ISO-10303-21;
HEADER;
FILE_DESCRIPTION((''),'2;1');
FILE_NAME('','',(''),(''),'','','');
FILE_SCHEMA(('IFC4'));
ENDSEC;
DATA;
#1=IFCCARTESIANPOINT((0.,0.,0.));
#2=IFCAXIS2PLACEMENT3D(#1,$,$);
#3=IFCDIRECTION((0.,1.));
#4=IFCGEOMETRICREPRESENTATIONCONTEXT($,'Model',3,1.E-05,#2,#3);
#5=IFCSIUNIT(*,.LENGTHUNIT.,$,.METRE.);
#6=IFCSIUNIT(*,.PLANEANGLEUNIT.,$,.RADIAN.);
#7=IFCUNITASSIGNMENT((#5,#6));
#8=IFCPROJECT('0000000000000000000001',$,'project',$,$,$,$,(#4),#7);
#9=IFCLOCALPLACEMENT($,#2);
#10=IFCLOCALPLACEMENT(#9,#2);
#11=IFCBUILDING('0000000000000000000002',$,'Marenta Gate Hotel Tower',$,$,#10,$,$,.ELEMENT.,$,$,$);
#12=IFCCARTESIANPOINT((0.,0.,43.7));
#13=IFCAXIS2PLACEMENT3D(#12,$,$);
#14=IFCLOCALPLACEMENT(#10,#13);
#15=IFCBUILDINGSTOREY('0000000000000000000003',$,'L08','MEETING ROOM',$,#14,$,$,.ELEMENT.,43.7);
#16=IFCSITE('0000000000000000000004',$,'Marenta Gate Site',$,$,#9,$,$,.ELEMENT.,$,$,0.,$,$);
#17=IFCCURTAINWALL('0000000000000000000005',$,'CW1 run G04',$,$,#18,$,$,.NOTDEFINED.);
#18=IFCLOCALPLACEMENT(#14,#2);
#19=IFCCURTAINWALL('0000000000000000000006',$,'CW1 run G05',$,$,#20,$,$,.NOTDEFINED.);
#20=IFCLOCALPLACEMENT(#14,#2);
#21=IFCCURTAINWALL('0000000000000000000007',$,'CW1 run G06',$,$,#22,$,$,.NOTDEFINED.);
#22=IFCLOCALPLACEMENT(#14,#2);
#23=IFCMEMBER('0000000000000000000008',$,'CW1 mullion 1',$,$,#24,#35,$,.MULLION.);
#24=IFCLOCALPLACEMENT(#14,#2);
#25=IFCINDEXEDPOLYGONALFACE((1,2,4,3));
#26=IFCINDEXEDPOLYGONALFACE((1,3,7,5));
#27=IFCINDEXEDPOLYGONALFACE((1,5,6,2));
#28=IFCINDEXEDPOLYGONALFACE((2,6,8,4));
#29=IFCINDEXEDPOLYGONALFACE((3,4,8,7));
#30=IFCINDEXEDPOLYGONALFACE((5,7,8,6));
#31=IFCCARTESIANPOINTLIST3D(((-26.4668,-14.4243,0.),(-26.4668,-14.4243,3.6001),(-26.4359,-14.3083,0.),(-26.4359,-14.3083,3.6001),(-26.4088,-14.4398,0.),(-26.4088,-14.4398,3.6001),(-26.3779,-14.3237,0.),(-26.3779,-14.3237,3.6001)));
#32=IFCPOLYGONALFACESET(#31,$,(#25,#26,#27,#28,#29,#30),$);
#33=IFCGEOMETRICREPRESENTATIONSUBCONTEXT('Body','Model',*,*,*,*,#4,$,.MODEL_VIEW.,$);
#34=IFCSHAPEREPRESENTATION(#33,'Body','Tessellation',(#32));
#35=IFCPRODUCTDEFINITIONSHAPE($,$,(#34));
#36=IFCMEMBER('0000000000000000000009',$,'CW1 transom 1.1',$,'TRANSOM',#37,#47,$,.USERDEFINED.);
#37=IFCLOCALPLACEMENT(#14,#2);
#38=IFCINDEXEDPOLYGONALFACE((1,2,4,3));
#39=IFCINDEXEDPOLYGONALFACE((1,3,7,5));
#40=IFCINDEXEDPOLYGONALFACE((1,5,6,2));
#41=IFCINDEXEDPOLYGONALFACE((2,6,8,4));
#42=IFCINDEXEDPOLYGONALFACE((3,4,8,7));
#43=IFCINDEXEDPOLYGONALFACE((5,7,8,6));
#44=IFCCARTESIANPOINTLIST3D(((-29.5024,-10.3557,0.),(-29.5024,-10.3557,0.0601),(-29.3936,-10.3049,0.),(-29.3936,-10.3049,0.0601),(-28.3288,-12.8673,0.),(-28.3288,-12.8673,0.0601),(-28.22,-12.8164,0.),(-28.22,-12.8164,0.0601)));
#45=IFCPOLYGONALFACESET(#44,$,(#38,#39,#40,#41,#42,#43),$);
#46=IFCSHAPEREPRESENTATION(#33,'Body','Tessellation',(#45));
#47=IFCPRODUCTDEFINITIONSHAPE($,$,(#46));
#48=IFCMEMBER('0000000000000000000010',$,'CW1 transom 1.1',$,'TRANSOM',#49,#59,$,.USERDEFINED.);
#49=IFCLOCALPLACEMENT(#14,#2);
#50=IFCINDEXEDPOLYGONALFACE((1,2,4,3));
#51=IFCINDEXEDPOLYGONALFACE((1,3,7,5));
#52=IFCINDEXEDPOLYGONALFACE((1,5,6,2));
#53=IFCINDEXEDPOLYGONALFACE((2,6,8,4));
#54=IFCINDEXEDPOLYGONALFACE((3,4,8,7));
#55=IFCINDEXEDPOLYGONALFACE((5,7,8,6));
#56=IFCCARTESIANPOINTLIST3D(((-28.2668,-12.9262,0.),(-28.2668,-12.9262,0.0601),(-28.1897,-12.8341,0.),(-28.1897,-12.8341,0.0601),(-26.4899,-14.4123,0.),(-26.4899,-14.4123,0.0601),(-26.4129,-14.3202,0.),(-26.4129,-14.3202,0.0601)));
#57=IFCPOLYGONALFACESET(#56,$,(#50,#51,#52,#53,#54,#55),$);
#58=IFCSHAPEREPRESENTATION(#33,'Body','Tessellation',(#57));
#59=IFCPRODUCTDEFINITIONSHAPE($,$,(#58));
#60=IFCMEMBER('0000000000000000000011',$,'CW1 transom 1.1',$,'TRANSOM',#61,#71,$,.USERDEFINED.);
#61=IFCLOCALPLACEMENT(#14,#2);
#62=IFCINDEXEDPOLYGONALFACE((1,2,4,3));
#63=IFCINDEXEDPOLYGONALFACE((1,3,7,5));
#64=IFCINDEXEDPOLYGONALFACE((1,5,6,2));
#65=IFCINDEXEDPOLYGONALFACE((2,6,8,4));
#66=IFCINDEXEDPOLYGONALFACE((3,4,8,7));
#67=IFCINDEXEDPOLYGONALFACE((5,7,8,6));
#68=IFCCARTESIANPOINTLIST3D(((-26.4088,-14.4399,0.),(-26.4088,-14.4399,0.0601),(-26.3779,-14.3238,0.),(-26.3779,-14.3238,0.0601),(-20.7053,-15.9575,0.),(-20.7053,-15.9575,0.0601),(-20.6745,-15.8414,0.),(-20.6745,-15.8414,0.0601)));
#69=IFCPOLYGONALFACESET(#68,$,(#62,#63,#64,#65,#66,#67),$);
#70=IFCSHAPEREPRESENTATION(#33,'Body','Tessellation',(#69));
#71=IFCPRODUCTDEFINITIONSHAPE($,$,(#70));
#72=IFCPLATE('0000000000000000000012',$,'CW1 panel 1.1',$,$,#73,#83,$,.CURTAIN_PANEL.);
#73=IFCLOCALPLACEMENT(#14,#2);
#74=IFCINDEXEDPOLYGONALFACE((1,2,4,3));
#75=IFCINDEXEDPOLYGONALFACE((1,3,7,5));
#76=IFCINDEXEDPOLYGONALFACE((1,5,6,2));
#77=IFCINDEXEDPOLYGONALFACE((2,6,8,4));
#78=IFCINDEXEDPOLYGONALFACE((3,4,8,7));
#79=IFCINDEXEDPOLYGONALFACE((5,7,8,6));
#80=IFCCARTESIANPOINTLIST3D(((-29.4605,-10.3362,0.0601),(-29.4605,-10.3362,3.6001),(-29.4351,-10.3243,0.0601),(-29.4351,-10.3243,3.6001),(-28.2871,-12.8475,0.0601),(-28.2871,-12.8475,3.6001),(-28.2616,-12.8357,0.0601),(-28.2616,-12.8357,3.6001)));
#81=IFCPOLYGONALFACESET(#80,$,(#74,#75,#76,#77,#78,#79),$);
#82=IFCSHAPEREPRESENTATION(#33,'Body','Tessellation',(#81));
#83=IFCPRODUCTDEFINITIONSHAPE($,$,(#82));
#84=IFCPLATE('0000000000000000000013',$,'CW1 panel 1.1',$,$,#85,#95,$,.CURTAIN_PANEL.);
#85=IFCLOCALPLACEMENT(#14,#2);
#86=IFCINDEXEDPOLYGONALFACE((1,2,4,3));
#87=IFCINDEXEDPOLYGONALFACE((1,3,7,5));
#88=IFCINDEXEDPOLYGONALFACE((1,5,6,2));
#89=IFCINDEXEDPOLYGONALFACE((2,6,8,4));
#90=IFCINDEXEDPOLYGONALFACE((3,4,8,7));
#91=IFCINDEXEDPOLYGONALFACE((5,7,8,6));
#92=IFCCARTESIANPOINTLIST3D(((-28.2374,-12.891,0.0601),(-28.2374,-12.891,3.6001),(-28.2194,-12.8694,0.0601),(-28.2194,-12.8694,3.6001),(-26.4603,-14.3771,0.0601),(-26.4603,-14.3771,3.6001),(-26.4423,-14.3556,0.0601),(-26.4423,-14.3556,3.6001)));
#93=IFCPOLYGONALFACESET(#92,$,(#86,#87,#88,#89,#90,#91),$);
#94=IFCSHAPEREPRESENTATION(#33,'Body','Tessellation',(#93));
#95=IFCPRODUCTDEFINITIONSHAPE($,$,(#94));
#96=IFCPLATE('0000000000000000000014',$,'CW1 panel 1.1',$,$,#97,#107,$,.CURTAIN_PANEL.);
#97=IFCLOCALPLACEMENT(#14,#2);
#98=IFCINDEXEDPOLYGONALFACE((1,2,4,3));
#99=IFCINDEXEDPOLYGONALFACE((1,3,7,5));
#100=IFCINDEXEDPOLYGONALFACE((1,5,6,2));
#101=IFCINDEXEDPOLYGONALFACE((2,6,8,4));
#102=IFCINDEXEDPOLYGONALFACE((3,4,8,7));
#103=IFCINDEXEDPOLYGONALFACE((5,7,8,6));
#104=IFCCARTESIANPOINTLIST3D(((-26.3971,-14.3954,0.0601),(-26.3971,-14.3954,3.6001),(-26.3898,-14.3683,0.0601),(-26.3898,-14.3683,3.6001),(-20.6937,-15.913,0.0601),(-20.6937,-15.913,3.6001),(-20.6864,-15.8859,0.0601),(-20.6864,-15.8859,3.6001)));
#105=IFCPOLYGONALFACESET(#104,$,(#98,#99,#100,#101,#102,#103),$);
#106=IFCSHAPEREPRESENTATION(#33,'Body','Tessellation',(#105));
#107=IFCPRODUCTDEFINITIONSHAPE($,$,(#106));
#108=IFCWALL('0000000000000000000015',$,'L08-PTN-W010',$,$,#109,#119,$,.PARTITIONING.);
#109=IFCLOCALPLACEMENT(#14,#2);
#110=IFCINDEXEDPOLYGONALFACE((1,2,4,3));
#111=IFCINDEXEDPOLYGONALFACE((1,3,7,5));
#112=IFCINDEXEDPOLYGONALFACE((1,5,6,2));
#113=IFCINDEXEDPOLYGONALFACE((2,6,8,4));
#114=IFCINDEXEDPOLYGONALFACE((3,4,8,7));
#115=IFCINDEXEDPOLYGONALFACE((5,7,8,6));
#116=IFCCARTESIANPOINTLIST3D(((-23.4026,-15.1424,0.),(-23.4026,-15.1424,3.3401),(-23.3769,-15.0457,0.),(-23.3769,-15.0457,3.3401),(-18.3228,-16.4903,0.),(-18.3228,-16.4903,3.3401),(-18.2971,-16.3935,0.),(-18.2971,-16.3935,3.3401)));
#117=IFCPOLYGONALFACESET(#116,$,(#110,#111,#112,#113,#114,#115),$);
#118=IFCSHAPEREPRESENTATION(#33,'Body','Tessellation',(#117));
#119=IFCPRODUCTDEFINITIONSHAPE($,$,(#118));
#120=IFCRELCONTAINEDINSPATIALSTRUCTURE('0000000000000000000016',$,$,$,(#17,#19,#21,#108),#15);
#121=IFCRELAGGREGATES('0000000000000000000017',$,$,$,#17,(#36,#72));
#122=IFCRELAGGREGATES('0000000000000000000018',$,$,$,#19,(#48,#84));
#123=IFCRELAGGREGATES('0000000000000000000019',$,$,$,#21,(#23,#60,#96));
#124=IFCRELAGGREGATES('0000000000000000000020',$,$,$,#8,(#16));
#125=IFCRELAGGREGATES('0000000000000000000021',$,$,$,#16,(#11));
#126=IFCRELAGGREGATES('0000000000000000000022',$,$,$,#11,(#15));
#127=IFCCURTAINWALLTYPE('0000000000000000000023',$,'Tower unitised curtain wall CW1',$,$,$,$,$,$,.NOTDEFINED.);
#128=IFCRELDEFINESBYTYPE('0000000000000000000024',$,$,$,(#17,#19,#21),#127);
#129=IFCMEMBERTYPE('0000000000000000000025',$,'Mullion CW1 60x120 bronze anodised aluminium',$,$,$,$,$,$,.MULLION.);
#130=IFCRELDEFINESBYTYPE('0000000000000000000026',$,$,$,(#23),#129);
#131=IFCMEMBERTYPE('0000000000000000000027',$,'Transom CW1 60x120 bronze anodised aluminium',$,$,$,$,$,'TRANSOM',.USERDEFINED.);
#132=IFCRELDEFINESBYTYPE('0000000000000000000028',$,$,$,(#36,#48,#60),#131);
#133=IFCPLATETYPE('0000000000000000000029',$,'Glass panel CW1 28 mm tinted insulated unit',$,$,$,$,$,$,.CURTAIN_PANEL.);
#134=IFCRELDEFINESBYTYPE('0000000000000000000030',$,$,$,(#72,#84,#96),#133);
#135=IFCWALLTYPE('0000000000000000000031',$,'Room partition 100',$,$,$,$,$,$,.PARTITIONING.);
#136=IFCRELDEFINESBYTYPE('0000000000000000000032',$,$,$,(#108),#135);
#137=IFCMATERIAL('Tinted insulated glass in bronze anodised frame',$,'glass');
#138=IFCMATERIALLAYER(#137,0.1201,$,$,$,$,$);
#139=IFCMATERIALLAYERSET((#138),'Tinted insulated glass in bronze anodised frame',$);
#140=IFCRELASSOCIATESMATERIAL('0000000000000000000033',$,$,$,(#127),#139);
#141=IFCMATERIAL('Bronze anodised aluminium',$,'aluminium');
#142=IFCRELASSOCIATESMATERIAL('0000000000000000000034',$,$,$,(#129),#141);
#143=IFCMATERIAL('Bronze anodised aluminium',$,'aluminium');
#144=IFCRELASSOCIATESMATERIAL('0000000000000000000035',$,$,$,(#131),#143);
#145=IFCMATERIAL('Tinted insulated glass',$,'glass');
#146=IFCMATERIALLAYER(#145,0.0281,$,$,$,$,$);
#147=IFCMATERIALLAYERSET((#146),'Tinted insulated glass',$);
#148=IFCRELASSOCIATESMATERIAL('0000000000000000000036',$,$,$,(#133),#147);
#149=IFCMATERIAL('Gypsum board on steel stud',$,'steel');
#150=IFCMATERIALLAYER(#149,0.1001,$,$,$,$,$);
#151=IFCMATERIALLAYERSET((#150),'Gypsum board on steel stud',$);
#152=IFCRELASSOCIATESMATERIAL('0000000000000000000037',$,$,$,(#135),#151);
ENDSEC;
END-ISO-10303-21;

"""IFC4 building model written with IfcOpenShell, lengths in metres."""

from ifc_helpers import new_model, si_unit, direction, frame, frame_2d, origin, origin_2d, place, context, subcontext, project, spatial, rectangle, extrude, material, layer, layer_set, material_profile, profile_set, type_object, element, aggregate, save


model = new_model("IFC4")

# Units and contexts
model_context = context("Model", 3, precision=1e-05, world=origin(), true_north=direction((0.0, 1.0)))
body_context = subcontext(model_context, "Body", "Model", "MODEL_VIEW")
ifc_project = project(units=[si_unit("LENGTHUNIT", "METRE"), si_unit("PLANEANGLEUNIT", "RADIAN")], contexts=[model_context])

# Site, building, storey
site_placement = place(None, origin())
site = spatial("IfcSite", under=ifc_project, at=site_placement, Name="Marenta Gate Site", CompositionType="ELEMENT", RefElevation=0.0)
building_placement = place(site_placement, origin())
building = spatial("IfcBuilding", under=site, at=building_placement, Name="Marenta Gate Hotel Tower", CompositionType="ELEMENT")
storey_placement = place(building_placement, frame((0.0, 0.0, 43.7)))
storey = spatial("IfcBuildingStorey", under=building, at=storey_placement, Name="L08", Description="MEETING ROOM", CompositionType="ELEMENT", Elevation=43.7)

# Curtain walls, member
ifc_material_1 = material(Name="Tinted insulated glass in bronze anodised frame", Category="glass")
ifc_layer_1 = layer(ifc_material_1, 0.1201)
ifc_layer_set_1 = layer_set([ifc_layer_1], Name="Tinted insulated glass in bronze anodised frame")
curtain_wall_type = type_object("IfcCurtainWallType", Name="Tower unitised curtain wall CW1", PredefinedType="NOTDEFINED", material=ifc_layer_set_1)
curtain_wall_1_placement = place(storey_placement, origin())
curtain_wall_1 = element("IfcCurtainWall", 1, at=curtain_wall_1_placement, inside=storey, type_object=curtain_wall_type, Name="CW1 run G04", PredefinedType="NOTDEFINED")
ifc_material_2 = material(Name="Bronze anodised aluminium", Category="aluminium")
ifc_material_profile_1 = material_profile(ifc_material_2, rectangle(XDim=0.1201, YDim=0.0601, at=origin_2d()), Name="Mullion CW1 60x120 bronze anodised aluminium")
ifc_profile_set_1 = profile_set([ifc_material_profile_1], Name="Bronze anodised aluminium")
member_type_1 = type_object("IfcMemberType", Name="Mullion CW1 60x120 bronze anodised aluminium", PredefinedType="MULLION", material=ifc_profile_set_1)
curtain_wall_2_placement = place(storey_placement, origin())
curtain_wall_2 = element("IfcCurtainWall", 2, at=curtain_wall_2_placement, inside=storey, type_object=curtain_wall_type, Name="CW1 run G05", PredefinedType="NOTDEFINED")
curtain_wall_3_placement = place(storey_placement, origin())
curtain_wall_3 = element("IfcCurtainWall", 3, at=curtain_wall_3_placement, inside=storey, type_object=curtain_wall_type, Name="CW1 run G06", PredefinedType="NOTDEFINED")
member_1_placement = place(storey_placement, frame((-26.4224, -14.374, 0.0), z_axis=(0.0, 0.0, 1.0), x_axis=(0.257142, 0.966374, 0.0)))
member_1 = element("IfcMember", 4, at=member_1_placement, type_object=member_type_1, Name="CW1 mullion 1", PredefinedType="MULLION", context=body_context, shape_type="SweptSolid", body=[
    extrude(rectangle(XDim=0.1201, YDim=0.0601, at=origin_2d()), origin(), (0.0, 0.0, 1.0), 3.6001),
])

# Members
ifc_material_3 = material(Name="Bronze anodised aluminium", Category="aluminium")
ifc_material_profile_2 = material_profile(ifc_material_3, rectangle(XDim=0.1201, YDim=0.0601, at=origin_2d()), Name="Transom CW1 60x120 bronze anodised aluminium")
ifc_profile_set_2 = profile_set([ifc_material_profile_2], Name="Bronze anodised aluminium")
member_type_2 = type_object("IfcMemberType", Name="Transom CW1 60x120 bronze anodised aluminium", ElementType="TRANSOM", PredefinedType="USERDEFINED", material=ifc_profile_set_2)
member_2_placement = place(storey_placement, frame((-29.448, -10.3303, 0.03), z_axis=(0.423348, -0.905967, 0.0), x_axis=(0.905967, 0.423348, 0.0)))
member_2 = element("IfcMember", 5, at=member_2_placement, type_object=member_type_2, Name="CW1 transom 1.1", ObjectType="TRANSOM", PredefinedType="USERDEFINED", context=body_context, shape_type="SweptSolid", body=[
    extrude(rectangle(XDim=0.1201, YDim=0.0601, at=origin_2d()), origin(), (0.0, 0.0, 1.0), 2.7722),
])
member_3_placement = place(storey_placement, frame((-28.2283, -12.8801, 0.03), z_axis=(0.76708, -0.641552, 0.0), x_axis=(0.641552, 0.76708, 0.0)))
member_3 = element("IfcMember", 6, at=member_3_placement, type_object=member_type_2, Name="CW1 transom 1.1", ObjectType="TRANSOM", PredefinedType="USERDEFINED", context=body_context, shape_type="SweptSolid", body=[
    extrude(rectangle(XDim=0.1201, YDim=0.0601, at=origin_2d()), origin(), (0.0, 0.0, 1.0), 2.3164),
])
member_4_placement = place(storey_placement, frame((-26.3933, -14.3818, 0.03), z_axis=(0.966375, -0.257137, 0.0), x_axis=(0.257137, 0.966375, 0.0)))
member_4 = element("IfcMember", 7, at=member_4_placement, type_object=member_type_2, Name="CW1 transom 1.1", ObjectType="TRANSOM", PredefinedType="USERDEFINED", context=body_context, shape_type="SweptSolid", body=[
    extrude(rectangle(XDim=0.1201, YDim=0.0601, at=origin_2d()), origin(), (0.0, 0.0, 1.0), 5.9019),
])

# Plates
ifc_material_4 = material(Name="Tinted insulated glass", Category="glass")
ifc_layer_2 = layer(ifc_material_4, 0.0281)
ifc_layer_set_2 = layer_set([ifc_layer_2], Name="Tinted insulated glass")
plate_type = type_object("IfcPlateType", Name="Glass panel CW1 28 mm tinted insulated unit", PredefinedType="CURTAIN_PANEL", material=ifc_layer_set_2)
plate_1_placement = place(storey_placement, frame((-28.8611, -11.5859, 0.0601), z_axis=(0.0, 0.0, 1.0), x_axis=(0.423342, -0.90597, 0.0)))
plate_1 = element("IfcPlate", 8, at=plate_1_placement, type_object=plate_type, Name="CW1 panel 1.1", PredefinedType="CURTAIN_PANEL", context=body_context, shape_type="SweptSolid", body=[
    extrude(rectangle(XDim=2.772, YDim=0.0281, at=origin_2d()), origin(), (0.0, 0.0, 1.0), 3.54),
])
aggregate(curtain_wall_1, [member_2, plate_1])
plate_2_placement = place(storey_placement, frame((-27.3398, -13.6233, 0.0601), z_axis=(0.0, 0.0, 1.0), x_axis=(0.767113, -0.641512, 0.0)))
plate_2 = element("IfcPlate", 9, at=plate_2_placement, type_object=plate_type, Name="CW1 panel 1.1", PredefinedType="CURTAIN_PANEL", context=body_context, shape_type="SweptSolid", body=[
    extrude(rectangle(XDim=2.3167, YDim=0.0281, at=origin_2d()), origin(), (0.0, 0.0, 1.0), 3.54),
])
aggregate(curtain_wall_2, [member_3, plate_2])
plate_3_placement = place(storey_placement, frame((-23.5417, -15.1406, 0.0601), z_axis=(0.0, 0.0, 1.0), x_axis=(0.966374, -0.257142, 0.0)))
plate_3 = element("IfcPlate", 10, at=plate_3_placement, type_object=plate_type, Name="CW1 panel 1.1", PredefinedType="CURTAIN_PANEL", context=body_context, shape_type="SweptSolid", body=[
    extrude(rectangle(XDim=5.9019, YDim=0.0281, at=origin_2d()), origin(), (0.0, 0.0, 1.0), 3.54),
])
aggregate(curtain_wall_3, [member_1, member_4, plate_3])

# Wall
ifc_material_5 = material(Name="Gypsum board on steel stud", Category="steel")
ifc_layer_3 = layer(ifc_material_5, 0.1001)
ifc_layer_set_3 = layer_set([ifc_layer_3], Name="Gypsum board on steel stud")
wall_type = type_object("IfcWallType", Name="Room partition 100", PredefinedType="PARTITIONING", material=ifc_layer_set_3)
wall_placement = place(storey_placement, frame((-23.3899, -15.094, 0.0), z_axis=(0.0, 0.0, 1.0), x_axis=(0.966553, -0.256468, 0.0)))
element("IfcWall", 11, at=wall_placement, inside=storey, type_object=wall_type, Name="L08-PTN-W010", PredefinedType="PARTITIONING", context=body_context, shape_type="SweptSolid", body=[
    extrude(rectangle(XDim=5.2556, YDim=0.1001, at=frame_2d((2.6279, 0.0))), origin(), (0.0, 0.0, 1.0), 3.3401),
])

save(model, "model.ifc")
